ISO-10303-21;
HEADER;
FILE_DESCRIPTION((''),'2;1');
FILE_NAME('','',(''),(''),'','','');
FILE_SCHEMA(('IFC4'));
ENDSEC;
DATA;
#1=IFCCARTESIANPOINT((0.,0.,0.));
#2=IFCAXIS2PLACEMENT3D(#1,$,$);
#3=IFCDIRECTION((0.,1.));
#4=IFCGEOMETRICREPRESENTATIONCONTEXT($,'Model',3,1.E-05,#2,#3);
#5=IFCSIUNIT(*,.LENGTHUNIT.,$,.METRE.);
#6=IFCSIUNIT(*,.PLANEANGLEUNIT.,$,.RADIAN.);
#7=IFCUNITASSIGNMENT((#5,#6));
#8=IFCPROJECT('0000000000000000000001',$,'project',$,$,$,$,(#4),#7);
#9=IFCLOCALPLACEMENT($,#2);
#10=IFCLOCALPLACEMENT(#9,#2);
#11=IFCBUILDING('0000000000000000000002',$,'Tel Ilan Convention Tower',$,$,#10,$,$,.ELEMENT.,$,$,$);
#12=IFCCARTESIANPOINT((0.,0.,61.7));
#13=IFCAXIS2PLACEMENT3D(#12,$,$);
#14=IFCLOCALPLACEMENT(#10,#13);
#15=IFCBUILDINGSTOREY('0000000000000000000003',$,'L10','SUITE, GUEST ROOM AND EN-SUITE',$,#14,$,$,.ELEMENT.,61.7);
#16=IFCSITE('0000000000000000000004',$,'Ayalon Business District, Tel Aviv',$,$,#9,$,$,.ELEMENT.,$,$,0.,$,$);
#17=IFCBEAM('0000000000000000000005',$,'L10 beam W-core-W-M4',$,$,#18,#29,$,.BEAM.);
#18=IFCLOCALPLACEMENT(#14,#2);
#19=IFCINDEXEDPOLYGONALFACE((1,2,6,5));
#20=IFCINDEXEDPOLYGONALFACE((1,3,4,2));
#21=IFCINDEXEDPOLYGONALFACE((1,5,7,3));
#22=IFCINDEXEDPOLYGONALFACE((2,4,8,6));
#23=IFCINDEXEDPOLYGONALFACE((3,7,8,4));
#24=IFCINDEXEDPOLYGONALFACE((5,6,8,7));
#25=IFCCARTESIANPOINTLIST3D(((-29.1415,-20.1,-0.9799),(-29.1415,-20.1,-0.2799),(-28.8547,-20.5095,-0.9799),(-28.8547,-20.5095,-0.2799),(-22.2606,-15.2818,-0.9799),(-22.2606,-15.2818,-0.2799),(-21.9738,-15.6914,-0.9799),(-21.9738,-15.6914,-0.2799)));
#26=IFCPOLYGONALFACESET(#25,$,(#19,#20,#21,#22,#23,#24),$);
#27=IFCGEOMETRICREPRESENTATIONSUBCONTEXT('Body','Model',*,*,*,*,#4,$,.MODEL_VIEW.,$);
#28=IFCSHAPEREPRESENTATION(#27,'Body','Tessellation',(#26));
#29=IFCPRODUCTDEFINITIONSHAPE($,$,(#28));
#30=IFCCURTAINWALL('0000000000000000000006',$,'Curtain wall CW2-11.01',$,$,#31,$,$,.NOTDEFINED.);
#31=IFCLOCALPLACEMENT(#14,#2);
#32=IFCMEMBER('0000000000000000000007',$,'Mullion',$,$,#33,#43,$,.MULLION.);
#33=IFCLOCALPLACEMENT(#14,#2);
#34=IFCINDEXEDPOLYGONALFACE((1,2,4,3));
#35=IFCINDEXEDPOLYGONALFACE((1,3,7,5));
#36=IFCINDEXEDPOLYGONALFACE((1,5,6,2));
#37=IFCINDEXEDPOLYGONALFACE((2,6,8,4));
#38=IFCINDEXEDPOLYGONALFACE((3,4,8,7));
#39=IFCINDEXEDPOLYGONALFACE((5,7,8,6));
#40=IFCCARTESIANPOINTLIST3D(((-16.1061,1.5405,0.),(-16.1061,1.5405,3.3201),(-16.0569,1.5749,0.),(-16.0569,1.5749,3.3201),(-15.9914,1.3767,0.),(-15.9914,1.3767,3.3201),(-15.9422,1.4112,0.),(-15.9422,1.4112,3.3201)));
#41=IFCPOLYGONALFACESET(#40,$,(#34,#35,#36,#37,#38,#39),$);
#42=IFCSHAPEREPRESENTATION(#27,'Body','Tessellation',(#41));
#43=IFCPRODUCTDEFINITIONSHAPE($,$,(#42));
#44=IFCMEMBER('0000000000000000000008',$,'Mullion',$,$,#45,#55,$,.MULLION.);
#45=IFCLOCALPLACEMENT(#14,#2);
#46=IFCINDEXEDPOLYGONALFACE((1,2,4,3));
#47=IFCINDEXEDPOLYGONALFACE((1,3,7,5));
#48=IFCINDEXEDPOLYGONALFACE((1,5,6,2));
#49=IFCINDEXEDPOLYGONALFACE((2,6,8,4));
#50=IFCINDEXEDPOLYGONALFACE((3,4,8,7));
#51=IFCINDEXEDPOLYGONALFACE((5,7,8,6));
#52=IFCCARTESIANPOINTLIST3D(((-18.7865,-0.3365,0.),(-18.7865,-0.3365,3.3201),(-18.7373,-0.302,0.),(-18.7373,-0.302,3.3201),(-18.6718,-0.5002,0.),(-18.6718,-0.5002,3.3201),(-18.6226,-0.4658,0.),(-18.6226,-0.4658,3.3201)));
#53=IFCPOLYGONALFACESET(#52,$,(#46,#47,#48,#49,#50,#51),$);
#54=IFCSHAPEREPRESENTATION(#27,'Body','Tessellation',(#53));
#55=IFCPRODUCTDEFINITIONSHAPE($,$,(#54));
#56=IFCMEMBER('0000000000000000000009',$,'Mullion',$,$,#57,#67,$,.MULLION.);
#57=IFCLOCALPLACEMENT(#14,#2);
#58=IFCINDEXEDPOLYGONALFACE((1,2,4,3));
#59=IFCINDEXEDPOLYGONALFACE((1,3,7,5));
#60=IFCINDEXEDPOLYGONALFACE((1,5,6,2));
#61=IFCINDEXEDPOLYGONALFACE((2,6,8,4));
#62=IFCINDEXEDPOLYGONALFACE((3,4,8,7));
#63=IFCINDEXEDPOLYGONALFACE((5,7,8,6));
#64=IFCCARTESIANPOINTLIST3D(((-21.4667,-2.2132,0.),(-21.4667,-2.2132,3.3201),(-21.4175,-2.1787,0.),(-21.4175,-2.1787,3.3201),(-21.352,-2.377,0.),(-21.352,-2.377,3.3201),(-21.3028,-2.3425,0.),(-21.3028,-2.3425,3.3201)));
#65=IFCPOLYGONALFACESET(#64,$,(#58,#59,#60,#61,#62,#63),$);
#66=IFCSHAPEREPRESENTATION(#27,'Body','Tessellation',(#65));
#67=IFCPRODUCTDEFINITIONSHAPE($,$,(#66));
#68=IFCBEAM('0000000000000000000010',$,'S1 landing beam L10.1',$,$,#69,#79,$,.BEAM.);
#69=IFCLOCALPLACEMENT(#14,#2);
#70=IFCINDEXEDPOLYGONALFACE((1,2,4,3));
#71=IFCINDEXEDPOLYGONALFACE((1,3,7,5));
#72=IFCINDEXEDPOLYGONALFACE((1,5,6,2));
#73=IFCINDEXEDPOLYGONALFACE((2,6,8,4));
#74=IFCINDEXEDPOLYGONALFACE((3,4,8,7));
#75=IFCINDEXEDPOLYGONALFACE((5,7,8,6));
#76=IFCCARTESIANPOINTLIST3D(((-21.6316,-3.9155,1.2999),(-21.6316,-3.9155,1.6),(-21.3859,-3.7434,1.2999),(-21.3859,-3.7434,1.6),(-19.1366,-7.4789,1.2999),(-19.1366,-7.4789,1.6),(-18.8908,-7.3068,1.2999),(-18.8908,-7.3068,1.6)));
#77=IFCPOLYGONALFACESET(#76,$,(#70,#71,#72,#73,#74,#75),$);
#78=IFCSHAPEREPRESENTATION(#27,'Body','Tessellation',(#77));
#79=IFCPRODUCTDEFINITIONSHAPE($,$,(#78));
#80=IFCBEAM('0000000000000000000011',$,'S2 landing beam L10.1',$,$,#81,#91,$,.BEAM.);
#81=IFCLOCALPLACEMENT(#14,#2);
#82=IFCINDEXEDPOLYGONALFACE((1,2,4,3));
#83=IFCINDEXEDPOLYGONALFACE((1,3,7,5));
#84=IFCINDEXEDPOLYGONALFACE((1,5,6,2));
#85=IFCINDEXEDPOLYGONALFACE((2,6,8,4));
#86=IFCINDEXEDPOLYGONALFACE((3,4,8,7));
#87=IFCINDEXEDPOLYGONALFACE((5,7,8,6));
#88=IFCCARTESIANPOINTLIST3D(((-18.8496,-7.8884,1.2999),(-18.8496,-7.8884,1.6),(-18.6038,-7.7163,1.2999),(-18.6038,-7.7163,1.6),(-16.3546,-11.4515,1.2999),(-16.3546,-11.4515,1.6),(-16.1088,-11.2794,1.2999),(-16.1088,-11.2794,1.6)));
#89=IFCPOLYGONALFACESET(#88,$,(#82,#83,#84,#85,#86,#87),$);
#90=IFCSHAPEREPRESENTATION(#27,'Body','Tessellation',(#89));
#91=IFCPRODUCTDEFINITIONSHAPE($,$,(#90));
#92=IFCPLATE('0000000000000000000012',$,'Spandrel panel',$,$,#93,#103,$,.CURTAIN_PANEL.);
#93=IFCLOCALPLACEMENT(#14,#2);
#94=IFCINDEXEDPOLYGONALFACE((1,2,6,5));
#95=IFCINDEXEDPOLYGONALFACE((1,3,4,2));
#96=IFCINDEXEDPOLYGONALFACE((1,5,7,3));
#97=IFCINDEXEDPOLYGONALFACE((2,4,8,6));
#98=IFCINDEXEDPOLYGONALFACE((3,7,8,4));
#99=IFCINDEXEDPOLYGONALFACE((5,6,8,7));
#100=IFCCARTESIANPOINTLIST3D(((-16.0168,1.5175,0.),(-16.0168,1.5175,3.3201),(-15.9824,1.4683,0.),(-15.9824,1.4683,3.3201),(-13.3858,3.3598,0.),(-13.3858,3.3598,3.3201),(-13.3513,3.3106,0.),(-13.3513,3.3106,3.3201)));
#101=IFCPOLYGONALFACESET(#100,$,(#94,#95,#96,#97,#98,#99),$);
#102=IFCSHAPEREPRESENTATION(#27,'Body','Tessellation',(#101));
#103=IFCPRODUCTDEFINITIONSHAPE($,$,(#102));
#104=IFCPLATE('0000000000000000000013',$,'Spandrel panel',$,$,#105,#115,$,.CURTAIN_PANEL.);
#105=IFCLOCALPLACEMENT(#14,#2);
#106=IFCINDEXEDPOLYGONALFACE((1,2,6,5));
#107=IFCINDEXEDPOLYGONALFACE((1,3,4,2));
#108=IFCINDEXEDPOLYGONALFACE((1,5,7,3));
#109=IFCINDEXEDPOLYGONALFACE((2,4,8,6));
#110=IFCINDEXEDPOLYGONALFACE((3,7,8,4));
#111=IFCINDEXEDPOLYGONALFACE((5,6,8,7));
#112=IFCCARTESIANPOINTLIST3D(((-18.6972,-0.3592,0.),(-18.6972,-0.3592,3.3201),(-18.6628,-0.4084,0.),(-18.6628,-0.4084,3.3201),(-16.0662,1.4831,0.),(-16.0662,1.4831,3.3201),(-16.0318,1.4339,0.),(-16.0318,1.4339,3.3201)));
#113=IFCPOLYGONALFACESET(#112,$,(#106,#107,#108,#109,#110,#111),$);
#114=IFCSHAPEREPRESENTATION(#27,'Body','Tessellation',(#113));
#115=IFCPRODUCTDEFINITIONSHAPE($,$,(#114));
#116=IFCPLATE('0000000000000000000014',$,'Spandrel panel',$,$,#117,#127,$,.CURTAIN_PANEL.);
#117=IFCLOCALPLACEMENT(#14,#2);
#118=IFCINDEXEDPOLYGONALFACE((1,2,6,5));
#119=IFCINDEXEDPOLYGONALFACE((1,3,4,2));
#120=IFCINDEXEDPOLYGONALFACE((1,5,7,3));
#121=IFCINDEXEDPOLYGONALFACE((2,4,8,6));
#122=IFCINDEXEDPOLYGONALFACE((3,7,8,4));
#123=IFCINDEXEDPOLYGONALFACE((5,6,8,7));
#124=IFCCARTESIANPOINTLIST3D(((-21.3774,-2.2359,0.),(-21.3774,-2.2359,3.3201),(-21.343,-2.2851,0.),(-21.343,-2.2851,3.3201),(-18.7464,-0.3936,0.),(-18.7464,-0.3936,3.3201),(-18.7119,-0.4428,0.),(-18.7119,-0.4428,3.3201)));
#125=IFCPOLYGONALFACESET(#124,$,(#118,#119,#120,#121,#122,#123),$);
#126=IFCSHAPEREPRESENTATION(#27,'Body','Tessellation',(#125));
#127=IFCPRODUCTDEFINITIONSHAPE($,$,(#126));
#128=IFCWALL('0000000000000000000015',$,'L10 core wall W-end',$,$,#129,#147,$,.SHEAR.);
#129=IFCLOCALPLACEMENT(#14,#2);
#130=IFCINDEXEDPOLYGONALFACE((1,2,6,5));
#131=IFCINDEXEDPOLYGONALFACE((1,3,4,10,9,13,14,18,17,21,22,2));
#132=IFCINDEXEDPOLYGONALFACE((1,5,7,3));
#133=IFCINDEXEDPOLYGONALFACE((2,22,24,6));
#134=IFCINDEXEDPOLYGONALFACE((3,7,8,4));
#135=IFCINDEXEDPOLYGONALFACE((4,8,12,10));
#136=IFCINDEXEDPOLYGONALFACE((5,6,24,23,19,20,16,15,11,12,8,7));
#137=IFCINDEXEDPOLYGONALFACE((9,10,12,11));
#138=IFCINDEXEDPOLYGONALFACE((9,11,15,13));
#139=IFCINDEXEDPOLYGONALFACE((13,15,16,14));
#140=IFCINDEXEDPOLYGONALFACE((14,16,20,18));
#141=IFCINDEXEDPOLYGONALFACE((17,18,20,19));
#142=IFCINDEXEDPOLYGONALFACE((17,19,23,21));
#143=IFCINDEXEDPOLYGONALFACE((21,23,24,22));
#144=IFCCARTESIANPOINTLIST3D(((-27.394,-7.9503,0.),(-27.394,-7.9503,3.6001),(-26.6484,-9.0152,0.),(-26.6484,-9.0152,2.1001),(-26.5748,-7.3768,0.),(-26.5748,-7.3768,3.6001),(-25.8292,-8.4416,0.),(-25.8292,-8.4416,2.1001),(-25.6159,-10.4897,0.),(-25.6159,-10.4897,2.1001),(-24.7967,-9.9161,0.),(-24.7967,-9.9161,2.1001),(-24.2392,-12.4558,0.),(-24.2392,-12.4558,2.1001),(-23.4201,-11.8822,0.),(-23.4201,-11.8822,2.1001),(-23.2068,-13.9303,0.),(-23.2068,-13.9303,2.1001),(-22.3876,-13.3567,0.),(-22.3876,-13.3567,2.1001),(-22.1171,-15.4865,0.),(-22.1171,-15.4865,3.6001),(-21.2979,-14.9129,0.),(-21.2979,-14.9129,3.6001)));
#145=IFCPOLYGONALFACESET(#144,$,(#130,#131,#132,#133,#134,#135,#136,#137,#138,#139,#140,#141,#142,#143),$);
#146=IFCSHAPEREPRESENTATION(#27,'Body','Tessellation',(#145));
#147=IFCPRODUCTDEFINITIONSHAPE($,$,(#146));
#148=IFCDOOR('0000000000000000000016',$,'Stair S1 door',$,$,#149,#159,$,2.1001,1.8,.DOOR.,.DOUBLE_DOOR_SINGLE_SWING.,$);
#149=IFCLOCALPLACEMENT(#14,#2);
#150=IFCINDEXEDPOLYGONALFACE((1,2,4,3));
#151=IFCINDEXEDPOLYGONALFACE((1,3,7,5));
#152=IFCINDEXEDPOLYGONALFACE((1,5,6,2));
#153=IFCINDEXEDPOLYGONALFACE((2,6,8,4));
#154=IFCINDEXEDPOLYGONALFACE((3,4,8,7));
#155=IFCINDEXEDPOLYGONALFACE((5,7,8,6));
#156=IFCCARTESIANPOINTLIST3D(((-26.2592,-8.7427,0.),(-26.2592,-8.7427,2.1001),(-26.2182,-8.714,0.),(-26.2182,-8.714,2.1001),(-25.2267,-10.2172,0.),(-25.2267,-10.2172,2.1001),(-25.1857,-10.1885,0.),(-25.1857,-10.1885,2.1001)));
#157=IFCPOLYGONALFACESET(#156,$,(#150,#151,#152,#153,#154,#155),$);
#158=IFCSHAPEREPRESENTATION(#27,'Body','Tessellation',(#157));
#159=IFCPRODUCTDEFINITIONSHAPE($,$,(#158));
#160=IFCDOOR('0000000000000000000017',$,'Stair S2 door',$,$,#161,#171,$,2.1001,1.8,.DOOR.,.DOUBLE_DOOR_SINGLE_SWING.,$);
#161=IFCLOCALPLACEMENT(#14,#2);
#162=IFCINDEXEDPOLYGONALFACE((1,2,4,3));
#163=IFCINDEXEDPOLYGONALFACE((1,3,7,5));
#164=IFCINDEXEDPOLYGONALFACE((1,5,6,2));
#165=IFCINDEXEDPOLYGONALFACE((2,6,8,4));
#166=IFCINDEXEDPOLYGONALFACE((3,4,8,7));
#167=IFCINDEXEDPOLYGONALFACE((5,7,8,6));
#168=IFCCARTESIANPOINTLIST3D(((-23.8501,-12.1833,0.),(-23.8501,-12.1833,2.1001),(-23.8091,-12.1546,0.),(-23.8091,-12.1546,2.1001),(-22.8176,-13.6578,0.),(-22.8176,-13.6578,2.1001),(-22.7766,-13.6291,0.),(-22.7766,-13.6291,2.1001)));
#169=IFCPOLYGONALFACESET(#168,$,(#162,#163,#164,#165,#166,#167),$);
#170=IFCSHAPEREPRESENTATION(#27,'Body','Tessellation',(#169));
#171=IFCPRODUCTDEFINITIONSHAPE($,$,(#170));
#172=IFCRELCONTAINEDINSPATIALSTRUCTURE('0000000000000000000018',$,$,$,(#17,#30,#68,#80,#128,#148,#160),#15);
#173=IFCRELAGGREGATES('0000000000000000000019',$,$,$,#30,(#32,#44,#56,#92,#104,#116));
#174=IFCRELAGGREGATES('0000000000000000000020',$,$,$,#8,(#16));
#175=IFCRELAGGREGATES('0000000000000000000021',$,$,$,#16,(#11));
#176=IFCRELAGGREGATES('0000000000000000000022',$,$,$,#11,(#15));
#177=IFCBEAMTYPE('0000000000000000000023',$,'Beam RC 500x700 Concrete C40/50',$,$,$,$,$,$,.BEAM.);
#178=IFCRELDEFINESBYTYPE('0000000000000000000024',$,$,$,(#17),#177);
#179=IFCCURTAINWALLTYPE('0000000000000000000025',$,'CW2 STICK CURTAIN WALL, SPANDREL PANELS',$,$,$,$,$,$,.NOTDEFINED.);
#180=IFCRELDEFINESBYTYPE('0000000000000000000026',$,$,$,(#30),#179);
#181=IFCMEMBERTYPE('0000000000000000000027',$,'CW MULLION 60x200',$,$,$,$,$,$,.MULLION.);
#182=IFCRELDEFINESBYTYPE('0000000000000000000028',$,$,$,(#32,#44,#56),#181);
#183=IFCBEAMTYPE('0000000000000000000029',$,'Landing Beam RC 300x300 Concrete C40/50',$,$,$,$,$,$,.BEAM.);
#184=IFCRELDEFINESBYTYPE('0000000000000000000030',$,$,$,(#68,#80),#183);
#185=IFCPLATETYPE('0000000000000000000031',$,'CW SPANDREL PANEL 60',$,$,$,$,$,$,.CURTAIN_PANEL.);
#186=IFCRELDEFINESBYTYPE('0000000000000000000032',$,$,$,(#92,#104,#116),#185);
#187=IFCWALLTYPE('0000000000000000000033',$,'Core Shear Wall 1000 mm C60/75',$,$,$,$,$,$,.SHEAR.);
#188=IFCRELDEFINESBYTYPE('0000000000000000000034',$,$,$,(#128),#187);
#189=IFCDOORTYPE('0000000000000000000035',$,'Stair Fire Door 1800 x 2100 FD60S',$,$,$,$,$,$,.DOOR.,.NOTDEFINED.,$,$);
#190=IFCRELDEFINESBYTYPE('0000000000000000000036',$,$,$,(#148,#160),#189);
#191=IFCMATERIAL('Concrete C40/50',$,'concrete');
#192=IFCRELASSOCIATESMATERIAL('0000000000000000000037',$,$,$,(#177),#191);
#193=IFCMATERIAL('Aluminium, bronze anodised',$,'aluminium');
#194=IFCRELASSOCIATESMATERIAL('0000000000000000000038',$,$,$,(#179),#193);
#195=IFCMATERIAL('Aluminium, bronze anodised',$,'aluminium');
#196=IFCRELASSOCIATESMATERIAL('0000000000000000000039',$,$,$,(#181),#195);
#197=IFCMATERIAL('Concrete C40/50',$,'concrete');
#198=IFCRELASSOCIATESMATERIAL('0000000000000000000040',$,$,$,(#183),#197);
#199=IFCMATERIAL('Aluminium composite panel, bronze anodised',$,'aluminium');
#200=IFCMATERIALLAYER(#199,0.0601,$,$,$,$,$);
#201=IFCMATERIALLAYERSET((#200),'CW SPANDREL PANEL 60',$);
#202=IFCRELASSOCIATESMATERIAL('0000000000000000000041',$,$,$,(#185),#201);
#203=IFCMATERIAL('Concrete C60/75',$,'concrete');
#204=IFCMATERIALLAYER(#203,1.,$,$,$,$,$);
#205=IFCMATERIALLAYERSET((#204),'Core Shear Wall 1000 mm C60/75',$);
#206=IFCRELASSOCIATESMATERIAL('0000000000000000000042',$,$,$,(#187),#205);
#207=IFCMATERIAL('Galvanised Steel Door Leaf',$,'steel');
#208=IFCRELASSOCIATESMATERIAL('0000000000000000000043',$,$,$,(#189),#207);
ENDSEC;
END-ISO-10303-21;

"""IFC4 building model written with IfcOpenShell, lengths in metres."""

from ifc_helpers import new_model, si_unit, direction, frame, frame_2d, origin, origin_2d, place, context, subcontext, project, spatial, polyline, rectangle, outline, extrude, material, layer, layer_set, material_profile, profile_set, type_object, element, fill, aggregate, save


model = new_model("IFC4")

# Units and contexts
model_context = context("Model", 3, precision=1e-05, world=origin(), true_north=direction((0.0, 1.0)))
body_context = subcontext(model_context, "Body", "Model", "MODEL_VIEW")
ifc_project = project(units=[si_unit("LENGTHUNIT", "METRE"), si_unit("PLANEANGLEUNIT", "RADIAN")], contexts=[model_context])

# Site, building, storey
site_placement = place(None, origin())
site = spatial("IfcSite", under=ifc_project, at=site_placement, Name="Ayalon Business District, Tel Aviv", CompositionType="ELEMENT", RefElevation=0.0)
building_placement = place(site_placement, origin())
building = spatial("IfcBuilding", under=site, at=building_placement, Name="Tel Ilan Convention Tower", CompositionType="ELEMENT")
storey_placement = place(building_placement, frame((0.0, 0.0, 61.7)))
storey = spatial("IfcBuildingStorey", under=building, at=storey_placement, Name="L10", Description="SUITE, GUEST ROOM AND EN-SUITE", CompositionType="ELEMENT", Elevation=61.7)

# Beam
ifc_material_1 = material(Name="Concrete C40/50", Category="concrete")
ifc_material_profile_1 = material_profile(ifc_material_1, rectangle(XDim=0.5, YDim=0.7, at=origin_2d()), Name="RC 500x700")
ifc_profile_set_1 = profile_set([ifc_material_profile_1], Name="Concrete C40/50")
beam_type_1 = type_object("IfcBeamType", Name="Beam RC 500x700 Concrete C40/50", PredefinedType="BEAM", material=ifc_profile_set_1)
beam_1_placement = place(storey_placement, frame((-22.1172, -15.4866, -0.6299), z_axis=(-0.819147, -0.573583, 0.0), x_axis=(0.573583, -0.819147, 0.0)))
element("IfcBeam", 1, at=beam_1_placement, inside=storey, type_object=beam_type_1, Name="L10 beam W-core-W-M4", PredefinedType="BEAM", context=body_context, shape_type="SweptSolid", body=[
    extrude(rectangle(XDim=0.5, YDim=0.7, at=origin_2d()), origin(), (0.0, 0.0, 1.0), 8.4001),
])

# Curtain wall, members
ifc_material_2 = material(Name="Aluminium, bronze anodised", Category="aluminium")
curtain_wall_type = type_object("IfcCurtainWallType", Name="CW2 STICK CURTAIN WALL, SPANDREL PANELS", PredefinedType="NOTDEFINED", material=ifc_material_2)
curtain_wall_placement = place(storey_placement, origin())
curtain_wall = element("IfcCurtainWall", 2, at=curtain_wall_placement, inside=storey, type_object=curtain_wall_type, Name="Curtain wall CW2-11.01", PredefinedType="NOTDEFINED")
ifc_material_3 = material(Name="Aluminium, bronze anodised", Category="aluminium")
ifc_material_profile_2 = material_profile(ifc_material_3, rectangle(XDim=0.0601, YDim=0.2, at=origin_2d()), Name="CW MULLION 60x200")
ifc_profile_set_2 = profile_set([ifc_material_profile_2], Name="Aluminium, bronze anodised")
member_type = type_object("IfcMemberType", Name="CW MULLION 60x200", PredefinedType="MULLION", material=ifc_profile_set_2)
member_1_placement = place(storey_placement, frame((-16.0242, 1.4758, 0.0), z_axis=(0.0, 0.0, 1.0), x_axis=(-0.819152, -0.573576, 0.0)))
member_1 = element("IfcMember", 3, at=member_1_placement, type_object=member_type, Name="Mullion", PredefinedType="MULLION", context=body_context, shape_type="SweptSolid", body=[
    extrude(rectangle(XDim=0.0601, YDim=0.2, at=origin_2d()), origin(), (0.0, 0.0, 1.0), 3.3201),
])
member_2_placement = place(storey_placement, frame((-18.7046, -0.4011, 0.0), z_axis=(0.0, 0.0, 1.0), x_axis=(-0.819152, -0.573576, 0.0)))
member_2 = element("IfcMember", 4, at=member_2_placement, type_object=member_type, Name="Mullion", PredefinedType="MULLION", context=body_context, shape_type="SweptSolid", body=[
    extrude(rectangle(XDim=0.0601, YDim=0.2, at=origin_2d()), origin(), (0.0, 0.0, 1.0), 3.3201),
])
member_3_placement = place(storey_placement, frame((-21.3848, -2.2778, 0.0), z_axis=(0.0, 0.0, 1.0), x_axis=(-0.819152, -0.573576, 0.0)))
member_3 = element("IfcMember", 5, at=member_3_placement, type_object=member_type, Name="Mullion", PredefinedType="MULLION", context=body_context, shape_type="SweptSolid", body=[
    extrude(rectangle(XDim=0.0601, YDim=0.2, at=origin_2d()), origin(), (0.0, 0.0, 1.0), 3.3201),
])

# Beams
ifc_material_4 = material(Name="Concrete C40/50", Category="concrete")
ifc_material_profile_3 = material_profile(ifc_material_4, rectangle(XDim=0.3, YDim=0.3, at=origin_2d()), Name="RC 300x300")
ifc_profile_set_3 = profile_set([ifc_material_profile_3], Name="Concrete C40/50")
beam_type_2 = type_object("IfcBeamType", Name="Landing Beam RC 300x300 Concrete C40/50", PredefinedType="BEAM", material=ifc_profile_set_3)
beam_2_placement = place(storey_placement, frame((-19.0137, -7.3928, 1.45), z_axis=(-0.573568, 0.819158, 0.0), x_axis=(-0.819158, -0.573568, 0.0)))
element("IfcBeam", 6, at=beam_2_placement, inside=storey, type_object=beam_type_2, Name="S1 landing beam L10.1", PredefinedType="BEAM", context=body_context, shape_type="SweptSolid", body=[
    extrude(rectangle(XDim=0.3, YDim=0.3, at=origin_2d()), origin(), (0.0, 0.0, 1.0), 4.3501),
])
beam_3_placement = place(storey_placement, frame((-16.2317, -11.3655, 1.45), z_axis=(-0.573594, 0.81914, 0.0), x_axis=(-0.81914, -0.573594, 0.0)))
element("IfcBeam", 7, at=beam_3_placement, inside=storey, type_object=beam_type_2, Name="S2 landing beam L10.1", PredefinedType="BEAM", context=body_context, shape_type="SweptSolid", body=[
    extrude(rectangle(XDim=0.3, YDim=0.3, at=origin_2d()), origin(), (0.0, 0.0, 1.0), 4.3499),
])

# Plates
ifc_material_5 = material(Name="Aluminium composite panel, bronze anodised", Category="aluminium")
ifc_layer_1 = layer(ifc_material_5, 0.0601)
ifc_layer_set_1 = layer_set([ifc_layer_1], Name="CW SPANDREL PANEL 60")
plate_type = type_object("IfcPlateType", Name="CW SPANDREL PANEL 60", PredefinedType="CURTAIN_PANEL", material=ifc_layer_set_1)
plate_1_placement = place(storey_placement, frame((-14.6841, 2.4141, 0.0), z_axis=(0.0, 0.0, 1.0), x_axis=(-0.819152, -0.573576, 0.0)))
plate_1 = element("IfcPlate", 8, at=plate_1_placement, type_object=plate_type, Name="Spandrel panel", PredefinedType="CURTAIN_PANEL", context=body_context, shape_type="SweptSolid", body=[
    extrude(rectangle(XDim=3.2119, YDim=0.0601, at=origin_2d()), origin(), (0.0, 0.0, 1.0), 3.3201),
])
plate_2_placement = place(storey_placement, frame((-17.3645, 0.5374, 0.0), z_axis=(0.0, 0.0, 1.0), x_axis=(-0.819152, -0.573576, 0.0)))
plate_2 = element("IfcPlate", 9, at=plate_2_placement, type_object=plate_type, Name="Spandrel panel", PredefinedType="CURTAIN_PANEL", context=body_context, shape_type="SweptSolid", body=[
    extrude(rectangle(XDim=3.2119, YDim=0.0601, at=origin_2d()), origin(), (0.0, 0.0, 1.0), 3.3201),
])
plate_3_placement = place(storey_placement, frame((-20.0447, -1.3394, 0.0), z_axis=(0.0, 0.0, 1.0), x_axis=(-0.819152, -0.573576, 0.0)))
plate_3 = element("IfcPlate", 10, at=plate_3_placement, type_object=plate_type, Name="Spandrel panel", PredefinedType="CURTAIN_PANEL", context=body_context, shape_type="SweptSolid", body=[
    extrude(rectangle(XDim=3.2119, YDim=0.0601, at=origin_2d()), origin(), (0.0, 0.0, 1.0), 3.3201),
])
aggregate(curtain_wall, [member_1, member_2, member_3, plate_1, plate_2, plate_3])

# Wall, openings, doors
ifc_material_6 = material(Name="Concrete C60/75", Category="concrete")
ifc_layer_2 = layer(ifc_material_6, 1.0)
ifc_layer_set_2 = layer_set([ifc_layer_2], Name="Core Shear Wall 1000 mm C60/75")
wall_type_1 = type_object("IfcWallType", Name="Core Shear Wall 1000 mm C60/75", PredefinedType="SHEAR", material=ifc_layer_set_2)
wall_1_placement = place(storey_placement, frame((-21.7075, -15.1997, 0.0), z_axis=(0.0, 0.0, 1.0), x_axis=(-0.573576, 0.819152, 0.0)))
wall_1 = element("IfcWall", 11, at=wall_1_placement, inside=storey, type_object=wall_type_1, Name="L10 core wall W-end", PredefinedType="SHEAR", context=body_context, shape_type="SweptSolid", body=[
    extrude(outline(polyline([(0.0, 0.5), (0.0, -0.5), (9.2, -0.5), (9.2, 0.5), (0.0, 0.5)])), origin(), (0.0, 0.0, 1.0), 3.6001),
])
opening_1_placement = place(wall_1_placement, frame((6.1001, 0.0, 0.0)))
opening_1 = element("IfcOpeningElement", 12, at=opening_1_placement, cuts=wall_1, PredefinedType="OPENING", context=body_context, shape_type="SweptSolid", body=[
    extrude(rectangle(XDim=1.8, YDim=2.1001, at=frame_2d((0.8999, 1.05))), frame((0.0, 0.51, 0.0), z_axis=(0.0, -1.0, 0.0), x_axis=(1.0, 0.0, 0.0)), (0.0, 0.0, 1.0), 1.02),
])
opening_2_placement = place(wall_1_placement, frame((1.8999, 0.0, 0.0)))
opening_2 = element("IfcOpeningElement", 13, at=opening_2_placement, cuts=wall_1, PredefinedType="OPENING", context=body_context, shape_type="SweptSolid", body=[
    extrude(rectangle(XDim=1.8, YDim=2.1001, at=frame_2d((0.8999, 1.05))), frame((0.0, 0.51, 0.0), z_axis=(0.0, -1.0, 0.0), x_axis=(1.0, 0.0, 0.0)), (0.0, 0.0, 1.0), 1.02),
])
ifc_material_7 = material(Name="Galvanised Steel Door Leaf", Category="steel")
door_type_1 = type_object("IfcDoorType", Name="Stair Fire Door 1800 x 2100 FD60S", OperationType="NOTDEFINED", PredefinedType="DOOR", material=ifc_material_7)
door_1_placement = place(opening_1_placement, origin())
door_1 = element("IfcDoor", 14, at=door_1_placement, inside=storey, type_object=door_type_1, Name="Stair S1 door", OperationType="DOUBLE_DOOR_SINGLE_SWING", OverallHeight=2.1001, OverallWidth=1.8, PredefinedType="DOOR", context=body_context, shape_type="SweptSolid", body=[
    extrude(rectangle(XDim=1.8, YDim=2.1001, at=frame_2d((0.8999, 1.05))), frame((0.0, 0.0249, 0.0), z_axis=(0.0, -1.0, 0.0), x_axis=(1.0, 0.0, 0.0)), (0.0, 0.0, 1.0), 0.05),
])
fill(opening_1, door_1)
door_2_placement = place(opening_2_placement, origin())
door_2 = element("IfcDoor", 15, at=door_2_placement, inside=storey, type_object=door_type_1, Name="Stair S2 door", OperationType="DOUBLE_DOOR_SINGLE_SWING", OverallHeight=2.1001, OverallWidth=1.8, PredefinedType="DOOR", context=body_context, shape_type="SweptSolid", body=[
    extrude(rectangle(XDim=1.8, YDim=2.1001, at=frame_2d((0.8999, 1.05))), frame((0.0, 0.0249, 0.0), z_axis=(0.0, -1.0, 0.0), x_axis=(1.0, 0.0, 0.0)), (0.0, 0.0, 1.0), 0.05),
])
fill(opening_2, door_2)

save(model, "model.ifc")
